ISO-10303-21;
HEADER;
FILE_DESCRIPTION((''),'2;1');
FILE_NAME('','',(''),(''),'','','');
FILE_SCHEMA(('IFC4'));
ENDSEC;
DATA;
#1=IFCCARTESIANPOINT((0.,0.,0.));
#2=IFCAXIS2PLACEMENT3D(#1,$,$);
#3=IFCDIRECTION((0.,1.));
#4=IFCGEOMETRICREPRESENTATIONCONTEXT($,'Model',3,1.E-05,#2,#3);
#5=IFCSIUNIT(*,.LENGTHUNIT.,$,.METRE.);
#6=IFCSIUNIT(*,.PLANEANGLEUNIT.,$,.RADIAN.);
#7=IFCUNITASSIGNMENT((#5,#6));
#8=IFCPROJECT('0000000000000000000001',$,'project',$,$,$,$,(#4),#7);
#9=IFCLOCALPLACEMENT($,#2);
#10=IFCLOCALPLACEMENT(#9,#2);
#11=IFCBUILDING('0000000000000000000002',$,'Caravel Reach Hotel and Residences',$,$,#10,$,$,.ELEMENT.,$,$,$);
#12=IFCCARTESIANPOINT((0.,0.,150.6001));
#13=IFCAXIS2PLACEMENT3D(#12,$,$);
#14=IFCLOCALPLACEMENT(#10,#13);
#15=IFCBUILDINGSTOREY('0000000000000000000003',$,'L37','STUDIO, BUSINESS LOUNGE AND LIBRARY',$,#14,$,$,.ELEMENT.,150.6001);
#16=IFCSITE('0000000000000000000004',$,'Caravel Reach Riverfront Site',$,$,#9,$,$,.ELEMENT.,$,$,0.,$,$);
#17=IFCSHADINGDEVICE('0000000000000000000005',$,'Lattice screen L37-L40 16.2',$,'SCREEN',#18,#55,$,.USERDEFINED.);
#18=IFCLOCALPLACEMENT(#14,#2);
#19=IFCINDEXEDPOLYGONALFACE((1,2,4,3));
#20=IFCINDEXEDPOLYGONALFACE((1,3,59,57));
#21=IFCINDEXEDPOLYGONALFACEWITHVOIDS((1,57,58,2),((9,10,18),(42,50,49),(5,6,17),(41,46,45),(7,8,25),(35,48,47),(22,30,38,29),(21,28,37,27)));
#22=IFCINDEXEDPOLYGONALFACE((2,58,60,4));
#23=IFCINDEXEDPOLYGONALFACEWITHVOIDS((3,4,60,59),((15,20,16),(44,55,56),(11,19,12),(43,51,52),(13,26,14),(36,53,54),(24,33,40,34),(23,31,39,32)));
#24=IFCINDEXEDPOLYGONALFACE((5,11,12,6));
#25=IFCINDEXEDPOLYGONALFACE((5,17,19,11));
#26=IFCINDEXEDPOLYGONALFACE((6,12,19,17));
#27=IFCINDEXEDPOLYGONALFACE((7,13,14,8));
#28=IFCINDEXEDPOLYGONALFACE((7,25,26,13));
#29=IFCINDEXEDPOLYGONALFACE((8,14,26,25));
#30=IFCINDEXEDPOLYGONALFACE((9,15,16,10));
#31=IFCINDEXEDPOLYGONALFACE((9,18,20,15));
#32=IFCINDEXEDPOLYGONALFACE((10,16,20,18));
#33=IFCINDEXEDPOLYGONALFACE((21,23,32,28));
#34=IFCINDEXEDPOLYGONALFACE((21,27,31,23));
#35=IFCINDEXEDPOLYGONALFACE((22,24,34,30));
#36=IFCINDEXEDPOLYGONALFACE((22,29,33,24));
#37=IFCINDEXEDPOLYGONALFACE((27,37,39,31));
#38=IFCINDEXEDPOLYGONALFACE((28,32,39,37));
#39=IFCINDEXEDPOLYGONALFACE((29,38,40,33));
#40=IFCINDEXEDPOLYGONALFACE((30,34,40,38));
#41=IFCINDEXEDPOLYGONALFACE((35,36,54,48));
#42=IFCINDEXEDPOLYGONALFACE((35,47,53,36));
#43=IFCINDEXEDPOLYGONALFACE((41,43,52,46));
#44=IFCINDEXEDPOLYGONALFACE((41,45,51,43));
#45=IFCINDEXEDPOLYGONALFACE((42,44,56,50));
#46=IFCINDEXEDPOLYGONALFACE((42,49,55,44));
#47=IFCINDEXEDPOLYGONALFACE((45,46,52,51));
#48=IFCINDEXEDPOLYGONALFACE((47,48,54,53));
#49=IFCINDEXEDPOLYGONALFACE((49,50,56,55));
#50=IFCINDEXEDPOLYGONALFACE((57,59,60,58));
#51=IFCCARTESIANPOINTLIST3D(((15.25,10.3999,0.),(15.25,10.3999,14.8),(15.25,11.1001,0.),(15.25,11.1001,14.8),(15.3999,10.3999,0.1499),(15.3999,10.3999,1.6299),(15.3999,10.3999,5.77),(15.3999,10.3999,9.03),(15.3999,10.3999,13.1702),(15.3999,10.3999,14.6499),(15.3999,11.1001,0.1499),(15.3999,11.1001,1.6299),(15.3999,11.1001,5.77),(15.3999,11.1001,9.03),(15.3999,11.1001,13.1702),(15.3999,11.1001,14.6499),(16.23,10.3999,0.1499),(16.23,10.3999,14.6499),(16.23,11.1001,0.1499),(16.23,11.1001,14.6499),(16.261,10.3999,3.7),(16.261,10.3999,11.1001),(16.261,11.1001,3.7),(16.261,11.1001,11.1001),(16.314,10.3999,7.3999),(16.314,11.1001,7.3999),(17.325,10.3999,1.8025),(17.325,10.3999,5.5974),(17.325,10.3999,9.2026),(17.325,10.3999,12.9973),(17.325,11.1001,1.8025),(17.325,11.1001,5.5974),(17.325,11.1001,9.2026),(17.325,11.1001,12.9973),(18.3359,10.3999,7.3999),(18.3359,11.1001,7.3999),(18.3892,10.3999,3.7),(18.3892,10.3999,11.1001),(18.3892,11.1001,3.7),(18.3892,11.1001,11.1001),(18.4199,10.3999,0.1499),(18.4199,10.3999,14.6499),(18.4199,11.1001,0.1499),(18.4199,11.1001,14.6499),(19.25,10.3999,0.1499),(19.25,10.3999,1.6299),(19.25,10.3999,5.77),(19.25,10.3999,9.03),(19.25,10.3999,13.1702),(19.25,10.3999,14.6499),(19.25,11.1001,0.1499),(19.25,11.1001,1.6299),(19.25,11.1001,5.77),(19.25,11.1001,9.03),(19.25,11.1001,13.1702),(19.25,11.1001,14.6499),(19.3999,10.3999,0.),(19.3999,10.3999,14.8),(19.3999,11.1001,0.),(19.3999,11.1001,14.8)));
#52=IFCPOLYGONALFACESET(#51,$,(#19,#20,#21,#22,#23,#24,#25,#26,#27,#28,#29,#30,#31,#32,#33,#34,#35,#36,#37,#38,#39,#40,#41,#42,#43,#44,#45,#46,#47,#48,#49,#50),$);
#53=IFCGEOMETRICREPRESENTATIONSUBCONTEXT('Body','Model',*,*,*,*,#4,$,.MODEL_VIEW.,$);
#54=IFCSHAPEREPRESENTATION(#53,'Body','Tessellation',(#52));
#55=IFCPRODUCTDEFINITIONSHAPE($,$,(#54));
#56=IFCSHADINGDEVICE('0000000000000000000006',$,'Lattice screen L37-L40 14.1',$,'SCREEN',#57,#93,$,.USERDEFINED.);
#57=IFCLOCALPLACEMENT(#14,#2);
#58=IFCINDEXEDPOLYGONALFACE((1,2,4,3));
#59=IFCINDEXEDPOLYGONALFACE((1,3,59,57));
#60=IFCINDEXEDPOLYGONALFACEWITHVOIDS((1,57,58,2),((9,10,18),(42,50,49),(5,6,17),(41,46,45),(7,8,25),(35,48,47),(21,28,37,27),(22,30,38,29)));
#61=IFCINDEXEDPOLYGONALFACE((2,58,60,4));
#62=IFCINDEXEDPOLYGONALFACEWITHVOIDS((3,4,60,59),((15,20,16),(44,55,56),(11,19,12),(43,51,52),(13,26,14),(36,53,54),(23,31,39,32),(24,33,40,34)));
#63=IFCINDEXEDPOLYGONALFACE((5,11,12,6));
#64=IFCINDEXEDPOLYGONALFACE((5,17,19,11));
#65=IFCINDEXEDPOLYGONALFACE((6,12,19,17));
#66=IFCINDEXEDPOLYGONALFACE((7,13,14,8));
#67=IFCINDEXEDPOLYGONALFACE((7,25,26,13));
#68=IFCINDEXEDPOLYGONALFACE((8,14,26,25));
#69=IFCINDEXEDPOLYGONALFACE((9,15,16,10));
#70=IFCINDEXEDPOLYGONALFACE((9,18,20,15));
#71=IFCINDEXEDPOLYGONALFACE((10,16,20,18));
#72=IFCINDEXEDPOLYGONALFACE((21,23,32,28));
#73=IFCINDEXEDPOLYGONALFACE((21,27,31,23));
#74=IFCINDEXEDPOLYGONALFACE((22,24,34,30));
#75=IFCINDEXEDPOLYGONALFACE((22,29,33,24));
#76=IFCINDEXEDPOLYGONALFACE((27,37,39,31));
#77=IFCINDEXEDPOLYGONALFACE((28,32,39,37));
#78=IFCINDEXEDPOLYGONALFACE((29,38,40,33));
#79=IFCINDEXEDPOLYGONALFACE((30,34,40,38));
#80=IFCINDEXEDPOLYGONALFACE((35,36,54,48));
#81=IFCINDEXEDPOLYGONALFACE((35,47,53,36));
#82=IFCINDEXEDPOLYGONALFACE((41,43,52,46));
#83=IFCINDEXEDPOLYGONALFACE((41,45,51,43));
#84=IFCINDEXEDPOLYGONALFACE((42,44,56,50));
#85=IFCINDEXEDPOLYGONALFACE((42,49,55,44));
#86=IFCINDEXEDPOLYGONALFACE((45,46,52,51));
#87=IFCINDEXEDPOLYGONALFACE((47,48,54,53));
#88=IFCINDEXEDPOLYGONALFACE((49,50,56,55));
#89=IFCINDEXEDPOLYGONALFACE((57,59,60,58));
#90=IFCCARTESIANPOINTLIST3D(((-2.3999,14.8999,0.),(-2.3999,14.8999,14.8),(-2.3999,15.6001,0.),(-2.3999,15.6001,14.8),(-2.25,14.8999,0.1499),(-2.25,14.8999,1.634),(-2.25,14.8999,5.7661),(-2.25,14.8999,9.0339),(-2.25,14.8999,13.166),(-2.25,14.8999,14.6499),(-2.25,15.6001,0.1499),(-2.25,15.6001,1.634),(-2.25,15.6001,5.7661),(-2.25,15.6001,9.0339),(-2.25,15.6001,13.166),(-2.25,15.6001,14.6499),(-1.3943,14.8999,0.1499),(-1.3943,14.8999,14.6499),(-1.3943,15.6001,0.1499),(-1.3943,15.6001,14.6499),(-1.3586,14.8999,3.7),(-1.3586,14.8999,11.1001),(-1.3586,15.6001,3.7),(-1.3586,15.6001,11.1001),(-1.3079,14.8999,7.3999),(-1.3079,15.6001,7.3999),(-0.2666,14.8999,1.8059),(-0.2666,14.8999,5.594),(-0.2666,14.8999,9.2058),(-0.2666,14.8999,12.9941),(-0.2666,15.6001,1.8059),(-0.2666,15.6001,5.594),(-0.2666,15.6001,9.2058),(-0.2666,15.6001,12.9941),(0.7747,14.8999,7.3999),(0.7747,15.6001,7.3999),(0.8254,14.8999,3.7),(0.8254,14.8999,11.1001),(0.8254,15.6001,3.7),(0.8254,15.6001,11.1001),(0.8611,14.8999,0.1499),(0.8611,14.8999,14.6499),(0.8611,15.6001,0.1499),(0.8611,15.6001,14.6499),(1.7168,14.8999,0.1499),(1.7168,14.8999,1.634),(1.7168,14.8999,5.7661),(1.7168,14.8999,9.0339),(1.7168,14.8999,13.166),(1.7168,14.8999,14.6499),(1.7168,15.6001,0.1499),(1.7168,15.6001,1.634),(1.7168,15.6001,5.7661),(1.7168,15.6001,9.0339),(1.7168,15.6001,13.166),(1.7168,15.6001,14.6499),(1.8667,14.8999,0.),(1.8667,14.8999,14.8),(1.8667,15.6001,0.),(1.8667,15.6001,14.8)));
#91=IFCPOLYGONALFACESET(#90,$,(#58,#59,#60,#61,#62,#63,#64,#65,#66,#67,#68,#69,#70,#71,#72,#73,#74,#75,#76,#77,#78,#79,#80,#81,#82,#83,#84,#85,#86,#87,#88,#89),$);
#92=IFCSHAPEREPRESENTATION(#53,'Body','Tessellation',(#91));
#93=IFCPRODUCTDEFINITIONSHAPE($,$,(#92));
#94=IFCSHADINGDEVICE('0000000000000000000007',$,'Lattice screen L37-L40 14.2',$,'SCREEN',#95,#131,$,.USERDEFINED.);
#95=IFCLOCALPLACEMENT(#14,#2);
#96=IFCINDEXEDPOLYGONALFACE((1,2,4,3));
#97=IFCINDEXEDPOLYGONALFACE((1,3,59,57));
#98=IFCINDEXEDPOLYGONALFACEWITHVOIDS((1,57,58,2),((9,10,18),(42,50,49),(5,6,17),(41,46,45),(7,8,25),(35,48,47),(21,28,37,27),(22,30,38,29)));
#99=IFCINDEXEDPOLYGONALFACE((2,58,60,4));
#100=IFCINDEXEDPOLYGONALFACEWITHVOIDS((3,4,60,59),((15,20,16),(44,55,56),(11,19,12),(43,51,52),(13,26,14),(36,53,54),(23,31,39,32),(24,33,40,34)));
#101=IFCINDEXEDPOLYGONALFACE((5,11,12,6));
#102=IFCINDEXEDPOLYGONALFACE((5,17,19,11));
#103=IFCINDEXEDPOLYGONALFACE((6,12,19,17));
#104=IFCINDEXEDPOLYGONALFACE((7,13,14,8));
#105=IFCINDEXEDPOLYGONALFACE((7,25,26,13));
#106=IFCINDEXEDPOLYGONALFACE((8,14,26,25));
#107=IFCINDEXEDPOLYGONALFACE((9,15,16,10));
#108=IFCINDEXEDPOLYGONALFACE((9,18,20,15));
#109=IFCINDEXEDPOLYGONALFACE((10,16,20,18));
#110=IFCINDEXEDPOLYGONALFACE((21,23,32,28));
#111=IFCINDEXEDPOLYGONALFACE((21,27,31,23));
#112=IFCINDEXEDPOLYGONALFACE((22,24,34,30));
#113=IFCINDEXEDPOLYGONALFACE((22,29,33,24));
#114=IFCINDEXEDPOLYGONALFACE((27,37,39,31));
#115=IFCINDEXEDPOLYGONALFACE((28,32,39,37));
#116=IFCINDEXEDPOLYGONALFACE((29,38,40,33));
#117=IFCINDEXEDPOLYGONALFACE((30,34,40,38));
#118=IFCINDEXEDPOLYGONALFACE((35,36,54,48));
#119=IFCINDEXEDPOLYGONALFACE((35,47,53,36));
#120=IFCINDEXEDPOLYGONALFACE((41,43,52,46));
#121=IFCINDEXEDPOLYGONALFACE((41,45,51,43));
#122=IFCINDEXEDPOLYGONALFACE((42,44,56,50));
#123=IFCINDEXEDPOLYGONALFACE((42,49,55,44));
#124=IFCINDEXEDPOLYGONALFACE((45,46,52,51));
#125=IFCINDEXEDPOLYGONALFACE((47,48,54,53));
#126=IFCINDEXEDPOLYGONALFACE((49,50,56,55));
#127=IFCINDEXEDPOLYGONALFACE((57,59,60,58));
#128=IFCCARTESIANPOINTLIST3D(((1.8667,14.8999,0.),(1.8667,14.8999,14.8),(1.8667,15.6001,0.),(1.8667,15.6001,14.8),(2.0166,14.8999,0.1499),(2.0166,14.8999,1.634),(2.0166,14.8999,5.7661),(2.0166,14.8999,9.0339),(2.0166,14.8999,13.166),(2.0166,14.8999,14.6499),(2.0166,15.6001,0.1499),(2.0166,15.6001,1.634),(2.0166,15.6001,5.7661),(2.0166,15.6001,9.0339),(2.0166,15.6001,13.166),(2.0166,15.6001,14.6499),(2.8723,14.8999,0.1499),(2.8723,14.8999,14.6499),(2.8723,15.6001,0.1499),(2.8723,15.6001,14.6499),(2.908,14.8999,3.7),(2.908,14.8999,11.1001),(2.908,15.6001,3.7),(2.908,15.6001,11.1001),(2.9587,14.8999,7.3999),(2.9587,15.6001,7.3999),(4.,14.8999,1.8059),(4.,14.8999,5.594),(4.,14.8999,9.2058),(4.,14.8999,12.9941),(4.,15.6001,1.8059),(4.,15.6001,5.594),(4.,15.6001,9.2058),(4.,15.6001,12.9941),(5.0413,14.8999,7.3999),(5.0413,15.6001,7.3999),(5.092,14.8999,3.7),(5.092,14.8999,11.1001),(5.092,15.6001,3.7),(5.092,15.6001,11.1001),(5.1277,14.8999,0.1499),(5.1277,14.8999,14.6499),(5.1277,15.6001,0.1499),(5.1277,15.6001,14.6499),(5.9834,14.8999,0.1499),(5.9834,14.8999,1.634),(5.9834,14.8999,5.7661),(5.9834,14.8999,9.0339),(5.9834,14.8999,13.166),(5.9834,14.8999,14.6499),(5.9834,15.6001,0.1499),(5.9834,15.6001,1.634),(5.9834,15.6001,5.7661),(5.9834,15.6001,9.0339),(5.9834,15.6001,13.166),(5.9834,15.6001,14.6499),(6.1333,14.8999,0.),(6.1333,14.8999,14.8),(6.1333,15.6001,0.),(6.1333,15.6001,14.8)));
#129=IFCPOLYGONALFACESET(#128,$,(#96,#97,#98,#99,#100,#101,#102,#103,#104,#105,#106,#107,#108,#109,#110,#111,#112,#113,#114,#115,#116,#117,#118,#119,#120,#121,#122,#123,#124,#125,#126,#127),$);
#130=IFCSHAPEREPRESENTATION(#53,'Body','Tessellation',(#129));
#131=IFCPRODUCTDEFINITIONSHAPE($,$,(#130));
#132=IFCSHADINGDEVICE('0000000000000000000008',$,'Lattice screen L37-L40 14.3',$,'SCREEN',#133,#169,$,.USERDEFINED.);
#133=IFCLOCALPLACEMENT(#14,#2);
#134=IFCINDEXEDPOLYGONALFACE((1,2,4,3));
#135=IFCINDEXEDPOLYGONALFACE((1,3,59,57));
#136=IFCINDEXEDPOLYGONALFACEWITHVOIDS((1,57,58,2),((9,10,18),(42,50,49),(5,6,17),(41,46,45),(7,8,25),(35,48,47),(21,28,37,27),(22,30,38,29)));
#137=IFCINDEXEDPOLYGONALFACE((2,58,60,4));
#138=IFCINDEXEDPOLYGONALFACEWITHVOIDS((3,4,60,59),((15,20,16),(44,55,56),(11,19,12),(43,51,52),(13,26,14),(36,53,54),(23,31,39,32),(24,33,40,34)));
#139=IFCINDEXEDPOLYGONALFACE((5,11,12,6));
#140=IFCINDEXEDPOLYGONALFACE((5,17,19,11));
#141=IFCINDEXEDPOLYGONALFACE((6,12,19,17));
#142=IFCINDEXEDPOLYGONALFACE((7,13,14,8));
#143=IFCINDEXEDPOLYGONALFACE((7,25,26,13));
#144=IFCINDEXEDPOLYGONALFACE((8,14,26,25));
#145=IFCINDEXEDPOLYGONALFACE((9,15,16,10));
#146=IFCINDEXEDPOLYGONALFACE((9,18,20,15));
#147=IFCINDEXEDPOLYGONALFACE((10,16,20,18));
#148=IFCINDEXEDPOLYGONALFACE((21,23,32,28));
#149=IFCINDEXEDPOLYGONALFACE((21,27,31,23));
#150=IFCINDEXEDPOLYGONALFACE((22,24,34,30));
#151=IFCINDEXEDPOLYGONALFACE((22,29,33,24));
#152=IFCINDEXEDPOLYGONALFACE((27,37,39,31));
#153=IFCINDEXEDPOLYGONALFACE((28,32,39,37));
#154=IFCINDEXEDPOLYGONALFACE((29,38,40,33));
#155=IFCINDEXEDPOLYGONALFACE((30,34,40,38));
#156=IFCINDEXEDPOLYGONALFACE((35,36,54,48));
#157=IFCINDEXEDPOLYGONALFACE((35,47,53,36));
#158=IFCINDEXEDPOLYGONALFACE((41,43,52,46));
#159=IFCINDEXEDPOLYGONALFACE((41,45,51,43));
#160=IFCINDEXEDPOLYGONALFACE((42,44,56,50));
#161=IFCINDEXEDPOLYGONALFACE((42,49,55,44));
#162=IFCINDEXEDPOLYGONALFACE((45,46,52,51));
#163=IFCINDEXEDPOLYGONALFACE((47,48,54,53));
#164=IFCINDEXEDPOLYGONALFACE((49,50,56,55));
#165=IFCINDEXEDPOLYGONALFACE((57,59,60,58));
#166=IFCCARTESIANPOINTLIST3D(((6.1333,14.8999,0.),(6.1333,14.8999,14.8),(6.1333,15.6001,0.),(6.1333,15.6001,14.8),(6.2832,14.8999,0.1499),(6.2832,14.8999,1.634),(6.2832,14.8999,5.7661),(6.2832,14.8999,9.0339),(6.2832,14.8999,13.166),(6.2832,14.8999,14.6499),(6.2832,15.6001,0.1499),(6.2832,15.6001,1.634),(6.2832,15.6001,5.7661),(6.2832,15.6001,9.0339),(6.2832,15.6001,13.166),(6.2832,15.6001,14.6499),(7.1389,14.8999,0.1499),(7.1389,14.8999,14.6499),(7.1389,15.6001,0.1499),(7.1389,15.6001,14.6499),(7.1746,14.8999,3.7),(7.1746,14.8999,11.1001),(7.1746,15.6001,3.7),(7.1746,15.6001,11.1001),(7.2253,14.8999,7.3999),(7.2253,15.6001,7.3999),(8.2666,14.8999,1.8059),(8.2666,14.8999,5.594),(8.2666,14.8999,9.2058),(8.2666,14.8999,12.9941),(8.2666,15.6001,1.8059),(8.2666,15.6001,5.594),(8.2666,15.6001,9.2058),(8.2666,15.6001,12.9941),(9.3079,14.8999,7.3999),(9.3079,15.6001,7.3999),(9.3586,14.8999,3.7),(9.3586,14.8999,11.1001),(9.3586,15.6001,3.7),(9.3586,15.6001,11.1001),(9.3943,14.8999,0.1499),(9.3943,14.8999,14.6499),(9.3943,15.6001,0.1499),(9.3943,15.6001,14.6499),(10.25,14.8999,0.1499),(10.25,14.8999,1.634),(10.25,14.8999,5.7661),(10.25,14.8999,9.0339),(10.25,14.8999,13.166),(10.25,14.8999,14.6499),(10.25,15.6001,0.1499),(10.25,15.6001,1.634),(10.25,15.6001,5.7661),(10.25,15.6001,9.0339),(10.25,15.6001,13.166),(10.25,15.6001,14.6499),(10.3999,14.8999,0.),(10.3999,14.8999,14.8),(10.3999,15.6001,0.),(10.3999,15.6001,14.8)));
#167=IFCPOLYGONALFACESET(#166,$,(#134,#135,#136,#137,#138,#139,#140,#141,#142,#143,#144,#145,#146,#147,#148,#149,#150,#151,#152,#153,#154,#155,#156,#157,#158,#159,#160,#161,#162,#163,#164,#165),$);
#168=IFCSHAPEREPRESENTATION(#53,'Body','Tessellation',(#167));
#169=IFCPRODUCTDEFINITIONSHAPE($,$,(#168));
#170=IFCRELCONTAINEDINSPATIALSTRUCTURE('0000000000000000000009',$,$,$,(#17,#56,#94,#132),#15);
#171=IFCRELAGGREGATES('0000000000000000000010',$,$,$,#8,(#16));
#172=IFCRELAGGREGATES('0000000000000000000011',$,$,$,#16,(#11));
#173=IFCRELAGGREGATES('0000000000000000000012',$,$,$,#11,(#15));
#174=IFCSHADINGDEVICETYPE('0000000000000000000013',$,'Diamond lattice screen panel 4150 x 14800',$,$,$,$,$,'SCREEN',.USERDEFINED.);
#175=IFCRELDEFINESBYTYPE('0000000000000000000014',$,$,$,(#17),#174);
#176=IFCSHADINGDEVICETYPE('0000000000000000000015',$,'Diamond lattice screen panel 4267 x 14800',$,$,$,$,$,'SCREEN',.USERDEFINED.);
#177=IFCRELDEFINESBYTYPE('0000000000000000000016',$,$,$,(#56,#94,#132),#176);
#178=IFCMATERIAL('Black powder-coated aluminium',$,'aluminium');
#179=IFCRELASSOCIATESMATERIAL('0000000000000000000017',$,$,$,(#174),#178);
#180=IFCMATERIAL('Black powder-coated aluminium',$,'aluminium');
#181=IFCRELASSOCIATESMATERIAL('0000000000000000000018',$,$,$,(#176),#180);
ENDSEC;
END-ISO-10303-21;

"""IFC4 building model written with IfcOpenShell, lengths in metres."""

from ifc_helpers import new_model, si_unit, direction, frame, origin, place, context, subcontext, project, spatial, polyline, outline, extrude, material, type_object, element, save


model = new_model("IFC4")

# Units and contexts
model_context = context("Model", 3, precision=1e-05, world=origin(), true_north=direction((0.0, 1.0)))
body_context = subcontext(model_context, "Body", "Model", "MODEL_VIEW")
ifc_project = project(units=[si_unit("LENGTHUNIT", "METRE"), si_unit("PLANEANGLEUNIT", "RADIAN")], contexts=[model_context])

# Site, building, storey
site_placement = place(None, origin())
site = spatial("IfcSite", under=ifc_project, at=site_placement, Name="Caravel Reach Riverfront Site", CompositionType="ELEMENT", RefElevation=0.0)
building_placement = place(site_placement, origin())
building = spatial("IfcBuilding", under=site, at=building_placement, Name="Caravel Reach Hotel and Residences", CompositionType="ELEMENT")
storey_placement = place(building_placement, frame((0.0, 0.0, 150.6001)))
storey = spatial("IfcBuildingStorey", under=building, at=storey_placement, Name="L37", Description="STUDIO, BUSINESS LOUNGE AND LIBRARY", CompositionType="ELEMENT", Elevation=150.6001)

# Shading devices
ifc_material_1 = material(Name="Black powder-coated aluminium", Category="aluminium")
shading_device_type_1 = type_object("IfcShadingDeviceType", Name="Diamond lattice screen panel 4150 x 14800", ElementType="SCREEN", PredefinedType="USERDEFINED", material=ifc_material_1)
for number, where, z_axis, x_axis, name in (
    (1, (15.25, 11.1001, 0.0), (0.0, -1.0, 0.0), (1.0, 0.0, 0.0), "Lattice screen L37-L40 16.2"),
):
    element("IfcShadingDevice", number, at=place(storey_placement, frame(where, z_axis=z_axis, x_axis=x_axis)), inside=storey, type_object=shading_device_type_1, Name=name, ObjectType="SCREEN", PredefinedType="USERDEFINED", context=body_context, shape_type="SweptSolid", body=[
        extrude(outline(polyline([(0.0, 0.0), (4.1499, 0.0), (4.1499, 14.8), (0.0, 14.8), (0.0, 0.0)]), holes=[polyline([(0.98, 0.1499), (0.1499, 1.6299), (0.1499, 0.1499), (0.98, 0.1499)]), polyline([(1.064, 7.3999), (0.1499, 9.03), (0.1499, 5.77), (1.064, 7.3999)]), polyline([(0.1499, 13.1702), (0.98, 14.6499), (0.1499, 14.6499), (0.1499, 13.1702)]), polyline([(2.075, 5.5974), (1.011, 3.7), (2.075, 1.8025), (3.1392, 3.7), (2.075, 5.5974)]), polyline([(2.075, 12.9973), (1.011, 11.1001), (2.075, 9.2026), (3.1392, 11.1001), (2.075, 12.9973)]), polyline([(4.0, 1.6299), (3.1699, 0.1499), (4.0, 0.1499), (4.0, 1.6299)]), polyline([(3.0859, 7.3999), (4.0, 5.77), (4.0, 9.03), (3.0859, 7.3999)]), polyline([(3.1699, 14.6499), (4.0, 13.1702), (4.0, 14.6499), (3.1699, 14.6499)])]), origin(), (0.0, 0.0, 1.0), 0.7002),
    ])
ifc_material_2 = material(Name="Black powder-coated aluminium", Category="aluminium")
shading_device_type_2 = type_object("IfcShadingDeviceType", Name="Diamond lattice screen panel 4267 x 14800", ElementType="SCREEN", PredefinedType="USERDEFINED", material=ifc_material_2)
for number, where, z_axis, x_axis, name in (
    (2, (-2.3999, 15.6001, 0.0), (0.0, -1.0, 0.0), (1.0, 0.0, 0.0), "Lattice screen L37-L40 14.1"),
    (3, (1.8667, 15.6001, 0.0), (0.0, -1.0, 0.0), (1.0, 0.0, 0.0), "Lattice screen L37-L40 14.2"),
    (4, (6.1333, 15.6001, 0.0), (0.0, -1.0, 0.0), (1.0, 0.0, 0.0), "Lattice screen L37-L40 14.3"),
):
    element("IfcShadingDevice", number, at=place(storey_placement, frame(where, z_axis=z_axis, x_axis=x_axis)), inside=storey, type_object=shading_device_type_2, Name=name, ObjectType="SCREEN", PredefinedType="USERDEFINED", context=body_context, shape_type="SweptSolid", body=[
        extrude(outline(polyline([(0.0, 0.0), (4.2666, 0.0), (4.2666, 14.8), (0.0, 14.8), (0.0, 0.0)]), holes=[polyline([(1.0056, 0.1499), (0.1499, 1.634), (0.1499, 0.1499), (1.0056, 0.1499)]), polyline([(1.092, 7.3999), (0.1499, 9.0339), (0.1499, 5.7661), (1.092, 7.3999)]), polyline([(0.1499, 13.166), (1.0056, 14.6499), (0.1499, 14.6499), (0.1499, 13.166)]), polyline([(2.1333, 5.594), (1.0413, 3.7), (2.1333, 1.8059), (3.2253, 3.7), (2.1333, 5.594)]), polyline([(2.1333, 12.9941), (1.0413, 11.1001), (2.1333, 9.2058), (3.2253, 11.1001), (2.1333, 12.9941)]), polyline([(4.1167, 1.634), (3.261, 0.1499), (4.1167, 0.1499), (4.1167, 1.634)]), polyline([(3.1746, 7.3999), (4.1167, 5.7661), (4.1167, 9.0339), (3.1746, 7.3999)]), polyline([(3.261, 14.6499), (4.1167, 13.166), (4.1167, 14.6499), (3.261, 14.6499)])]), origin(), (0.0, 0.0, 1.0), 0.7002),
    ])

save(model, "model.ifc")
